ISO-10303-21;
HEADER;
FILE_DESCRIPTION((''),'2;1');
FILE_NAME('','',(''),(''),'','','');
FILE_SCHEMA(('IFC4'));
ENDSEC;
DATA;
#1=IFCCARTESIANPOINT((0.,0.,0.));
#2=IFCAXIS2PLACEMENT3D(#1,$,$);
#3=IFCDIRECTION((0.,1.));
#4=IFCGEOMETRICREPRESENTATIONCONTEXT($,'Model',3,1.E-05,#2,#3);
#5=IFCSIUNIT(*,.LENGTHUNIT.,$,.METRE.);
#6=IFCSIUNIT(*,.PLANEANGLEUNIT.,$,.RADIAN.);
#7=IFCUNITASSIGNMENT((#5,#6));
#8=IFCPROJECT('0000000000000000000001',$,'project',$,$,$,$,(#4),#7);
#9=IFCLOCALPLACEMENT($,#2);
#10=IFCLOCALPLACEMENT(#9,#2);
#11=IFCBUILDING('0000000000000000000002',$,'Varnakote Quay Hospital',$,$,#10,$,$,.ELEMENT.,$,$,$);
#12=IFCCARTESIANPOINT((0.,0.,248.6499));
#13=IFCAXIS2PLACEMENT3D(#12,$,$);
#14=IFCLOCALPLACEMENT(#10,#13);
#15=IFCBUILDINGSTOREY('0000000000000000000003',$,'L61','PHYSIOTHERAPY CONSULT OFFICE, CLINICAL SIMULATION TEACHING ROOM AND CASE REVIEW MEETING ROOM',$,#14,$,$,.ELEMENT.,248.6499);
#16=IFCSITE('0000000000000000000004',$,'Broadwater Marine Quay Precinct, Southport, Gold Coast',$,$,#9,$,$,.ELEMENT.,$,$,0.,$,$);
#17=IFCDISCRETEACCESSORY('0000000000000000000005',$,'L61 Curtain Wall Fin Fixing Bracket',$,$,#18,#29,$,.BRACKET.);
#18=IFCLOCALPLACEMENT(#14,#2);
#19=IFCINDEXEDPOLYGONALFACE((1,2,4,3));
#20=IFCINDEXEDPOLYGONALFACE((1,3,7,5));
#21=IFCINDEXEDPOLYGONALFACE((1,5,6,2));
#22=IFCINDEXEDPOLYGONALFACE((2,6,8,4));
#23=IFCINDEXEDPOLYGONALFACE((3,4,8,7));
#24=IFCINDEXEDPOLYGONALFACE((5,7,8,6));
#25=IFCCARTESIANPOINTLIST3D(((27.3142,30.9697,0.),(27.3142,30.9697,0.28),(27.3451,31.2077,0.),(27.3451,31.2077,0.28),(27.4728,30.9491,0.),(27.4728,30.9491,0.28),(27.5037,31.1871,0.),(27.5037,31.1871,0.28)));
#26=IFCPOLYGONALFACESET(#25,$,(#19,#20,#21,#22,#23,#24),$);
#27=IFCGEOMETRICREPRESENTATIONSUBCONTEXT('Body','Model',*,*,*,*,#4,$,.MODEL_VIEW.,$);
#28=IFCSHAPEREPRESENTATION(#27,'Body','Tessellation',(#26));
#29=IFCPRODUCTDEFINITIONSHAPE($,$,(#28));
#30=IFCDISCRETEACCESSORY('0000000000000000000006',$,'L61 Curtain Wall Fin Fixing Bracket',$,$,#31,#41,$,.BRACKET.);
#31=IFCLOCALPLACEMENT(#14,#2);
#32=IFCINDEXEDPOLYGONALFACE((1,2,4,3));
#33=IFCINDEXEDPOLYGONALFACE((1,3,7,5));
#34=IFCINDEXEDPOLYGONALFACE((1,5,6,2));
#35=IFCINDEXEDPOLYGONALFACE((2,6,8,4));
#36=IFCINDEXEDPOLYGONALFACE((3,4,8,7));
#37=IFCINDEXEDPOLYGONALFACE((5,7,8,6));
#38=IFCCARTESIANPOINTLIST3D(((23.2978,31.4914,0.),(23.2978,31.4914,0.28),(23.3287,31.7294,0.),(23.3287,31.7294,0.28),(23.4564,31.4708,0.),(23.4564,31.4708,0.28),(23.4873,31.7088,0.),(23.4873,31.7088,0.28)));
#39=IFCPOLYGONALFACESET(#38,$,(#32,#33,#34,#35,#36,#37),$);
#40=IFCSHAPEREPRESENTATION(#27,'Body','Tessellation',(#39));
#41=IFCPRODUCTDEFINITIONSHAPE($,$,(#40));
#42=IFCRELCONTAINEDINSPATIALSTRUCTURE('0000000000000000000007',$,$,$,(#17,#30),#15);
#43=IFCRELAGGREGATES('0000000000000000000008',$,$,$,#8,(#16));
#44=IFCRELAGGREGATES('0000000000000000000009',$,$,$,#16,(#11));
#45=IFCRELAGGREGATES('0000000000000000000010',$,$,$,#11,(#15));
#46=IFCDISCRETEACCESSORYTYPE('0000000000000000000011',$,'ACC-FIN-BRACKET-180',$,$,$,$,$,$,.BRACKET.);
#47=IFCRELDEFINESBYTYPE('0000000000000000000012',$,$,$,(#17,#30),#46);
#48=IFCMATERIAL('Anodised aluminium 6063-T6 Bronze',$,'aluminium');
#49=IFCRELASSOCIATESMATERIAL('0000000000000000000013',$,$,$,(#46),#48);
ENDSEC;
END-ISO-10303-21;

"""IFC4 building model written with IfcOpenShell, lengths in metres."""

from ifc_helpers import new_model, si_unit, direction, frame, origin, origin_2d, place, context, subcontext, project, spatial, rectangle, extrude, material, type_object, element, save


model = new_model("IFC4")

# Units and contexts
model_context = context("Model", 3, precision=1e-05, world=origin(), true_north=direction((0.0, 1.0)))
body_context = subcontext(model_context, "Body", "Model", "MODEL_VIEW")
ifc_project = project(units=[si_unit("LENGTHUNIT", "METRE"), si_unit("PLANEANGLEUNIT", "RADIAN")], contexts=[model_context])

# Site, building, storey
site_placement = place(None, origin())
site = spatial("IfcSite", under=ifc_project, at=site_placement, Name="Broadwater Marine Quay Precinct, Southport, Gold Coast", CompositionType="ELEMENT", RefElevation=0.0)
building_placement = place(site_placement, origin())
building = spatial("IfcBuilding", under=site, at=building_placement, Name="Varnakote Quay Hospital", CompositionType="ELEMENT")
storey_placement = place(building_placement, frame((0.0, 0.0, 248.6499)))
storey = spatial("IfcBuildingStorey", under=building, at=storey_placement, Name="L61", Description="PHYSIOTHERAPY CONSULT OFFICE, CLINICAL SIMULATION TEACHING ROOM AND CASE REVIEW MEETING ROOM", CompositionType="ELEMENT", Elevation=248.6499)

# Discrete accessories
ifc_material_1 = material(Name="Anodised aluminium 6063-T6 Bronze", Category="aluminium")
discrete_accessory_type = type_object("IfcDiscreteAccessoryType", Name="ACC-FIN-BRACKET-180", PredefinedType="BRACKET", material=ifc_material_1)
for number, where, z_axis, x_axis, name in (
    (1, (27.4089, 31.0784, 0.0), (0.0, 0.0, 1.0), (-0.991671, 0.128796, 0.0), "L61 Curtain Wall Fin Fixing Bracket"),
    (2, (23.3926, 31.6001, 0.0), (0.0, 0.0, 1.0), (-0.991671, 0.128796, 0.0), "L61 Curtain Wall Fin Fixing Bracket"),
):
    element("IfcDiscreteAccessory", number, at=place(storey_placement, frame(where, z_axis=z_axis, x_axis=x_axis)), inside=storey, type_object=discrete_accessory_type, Name=name, PredefinedType="BRACKET", context=body_context, shape_type="SweptSolid", body=[
        extrude(rectangle(XDim=0.1599, YDim=0.24, at=origin_2d()), origin(), (0.0, 0.0, 1.0), 0.28),
    ])

save(model, "model.ifc")
